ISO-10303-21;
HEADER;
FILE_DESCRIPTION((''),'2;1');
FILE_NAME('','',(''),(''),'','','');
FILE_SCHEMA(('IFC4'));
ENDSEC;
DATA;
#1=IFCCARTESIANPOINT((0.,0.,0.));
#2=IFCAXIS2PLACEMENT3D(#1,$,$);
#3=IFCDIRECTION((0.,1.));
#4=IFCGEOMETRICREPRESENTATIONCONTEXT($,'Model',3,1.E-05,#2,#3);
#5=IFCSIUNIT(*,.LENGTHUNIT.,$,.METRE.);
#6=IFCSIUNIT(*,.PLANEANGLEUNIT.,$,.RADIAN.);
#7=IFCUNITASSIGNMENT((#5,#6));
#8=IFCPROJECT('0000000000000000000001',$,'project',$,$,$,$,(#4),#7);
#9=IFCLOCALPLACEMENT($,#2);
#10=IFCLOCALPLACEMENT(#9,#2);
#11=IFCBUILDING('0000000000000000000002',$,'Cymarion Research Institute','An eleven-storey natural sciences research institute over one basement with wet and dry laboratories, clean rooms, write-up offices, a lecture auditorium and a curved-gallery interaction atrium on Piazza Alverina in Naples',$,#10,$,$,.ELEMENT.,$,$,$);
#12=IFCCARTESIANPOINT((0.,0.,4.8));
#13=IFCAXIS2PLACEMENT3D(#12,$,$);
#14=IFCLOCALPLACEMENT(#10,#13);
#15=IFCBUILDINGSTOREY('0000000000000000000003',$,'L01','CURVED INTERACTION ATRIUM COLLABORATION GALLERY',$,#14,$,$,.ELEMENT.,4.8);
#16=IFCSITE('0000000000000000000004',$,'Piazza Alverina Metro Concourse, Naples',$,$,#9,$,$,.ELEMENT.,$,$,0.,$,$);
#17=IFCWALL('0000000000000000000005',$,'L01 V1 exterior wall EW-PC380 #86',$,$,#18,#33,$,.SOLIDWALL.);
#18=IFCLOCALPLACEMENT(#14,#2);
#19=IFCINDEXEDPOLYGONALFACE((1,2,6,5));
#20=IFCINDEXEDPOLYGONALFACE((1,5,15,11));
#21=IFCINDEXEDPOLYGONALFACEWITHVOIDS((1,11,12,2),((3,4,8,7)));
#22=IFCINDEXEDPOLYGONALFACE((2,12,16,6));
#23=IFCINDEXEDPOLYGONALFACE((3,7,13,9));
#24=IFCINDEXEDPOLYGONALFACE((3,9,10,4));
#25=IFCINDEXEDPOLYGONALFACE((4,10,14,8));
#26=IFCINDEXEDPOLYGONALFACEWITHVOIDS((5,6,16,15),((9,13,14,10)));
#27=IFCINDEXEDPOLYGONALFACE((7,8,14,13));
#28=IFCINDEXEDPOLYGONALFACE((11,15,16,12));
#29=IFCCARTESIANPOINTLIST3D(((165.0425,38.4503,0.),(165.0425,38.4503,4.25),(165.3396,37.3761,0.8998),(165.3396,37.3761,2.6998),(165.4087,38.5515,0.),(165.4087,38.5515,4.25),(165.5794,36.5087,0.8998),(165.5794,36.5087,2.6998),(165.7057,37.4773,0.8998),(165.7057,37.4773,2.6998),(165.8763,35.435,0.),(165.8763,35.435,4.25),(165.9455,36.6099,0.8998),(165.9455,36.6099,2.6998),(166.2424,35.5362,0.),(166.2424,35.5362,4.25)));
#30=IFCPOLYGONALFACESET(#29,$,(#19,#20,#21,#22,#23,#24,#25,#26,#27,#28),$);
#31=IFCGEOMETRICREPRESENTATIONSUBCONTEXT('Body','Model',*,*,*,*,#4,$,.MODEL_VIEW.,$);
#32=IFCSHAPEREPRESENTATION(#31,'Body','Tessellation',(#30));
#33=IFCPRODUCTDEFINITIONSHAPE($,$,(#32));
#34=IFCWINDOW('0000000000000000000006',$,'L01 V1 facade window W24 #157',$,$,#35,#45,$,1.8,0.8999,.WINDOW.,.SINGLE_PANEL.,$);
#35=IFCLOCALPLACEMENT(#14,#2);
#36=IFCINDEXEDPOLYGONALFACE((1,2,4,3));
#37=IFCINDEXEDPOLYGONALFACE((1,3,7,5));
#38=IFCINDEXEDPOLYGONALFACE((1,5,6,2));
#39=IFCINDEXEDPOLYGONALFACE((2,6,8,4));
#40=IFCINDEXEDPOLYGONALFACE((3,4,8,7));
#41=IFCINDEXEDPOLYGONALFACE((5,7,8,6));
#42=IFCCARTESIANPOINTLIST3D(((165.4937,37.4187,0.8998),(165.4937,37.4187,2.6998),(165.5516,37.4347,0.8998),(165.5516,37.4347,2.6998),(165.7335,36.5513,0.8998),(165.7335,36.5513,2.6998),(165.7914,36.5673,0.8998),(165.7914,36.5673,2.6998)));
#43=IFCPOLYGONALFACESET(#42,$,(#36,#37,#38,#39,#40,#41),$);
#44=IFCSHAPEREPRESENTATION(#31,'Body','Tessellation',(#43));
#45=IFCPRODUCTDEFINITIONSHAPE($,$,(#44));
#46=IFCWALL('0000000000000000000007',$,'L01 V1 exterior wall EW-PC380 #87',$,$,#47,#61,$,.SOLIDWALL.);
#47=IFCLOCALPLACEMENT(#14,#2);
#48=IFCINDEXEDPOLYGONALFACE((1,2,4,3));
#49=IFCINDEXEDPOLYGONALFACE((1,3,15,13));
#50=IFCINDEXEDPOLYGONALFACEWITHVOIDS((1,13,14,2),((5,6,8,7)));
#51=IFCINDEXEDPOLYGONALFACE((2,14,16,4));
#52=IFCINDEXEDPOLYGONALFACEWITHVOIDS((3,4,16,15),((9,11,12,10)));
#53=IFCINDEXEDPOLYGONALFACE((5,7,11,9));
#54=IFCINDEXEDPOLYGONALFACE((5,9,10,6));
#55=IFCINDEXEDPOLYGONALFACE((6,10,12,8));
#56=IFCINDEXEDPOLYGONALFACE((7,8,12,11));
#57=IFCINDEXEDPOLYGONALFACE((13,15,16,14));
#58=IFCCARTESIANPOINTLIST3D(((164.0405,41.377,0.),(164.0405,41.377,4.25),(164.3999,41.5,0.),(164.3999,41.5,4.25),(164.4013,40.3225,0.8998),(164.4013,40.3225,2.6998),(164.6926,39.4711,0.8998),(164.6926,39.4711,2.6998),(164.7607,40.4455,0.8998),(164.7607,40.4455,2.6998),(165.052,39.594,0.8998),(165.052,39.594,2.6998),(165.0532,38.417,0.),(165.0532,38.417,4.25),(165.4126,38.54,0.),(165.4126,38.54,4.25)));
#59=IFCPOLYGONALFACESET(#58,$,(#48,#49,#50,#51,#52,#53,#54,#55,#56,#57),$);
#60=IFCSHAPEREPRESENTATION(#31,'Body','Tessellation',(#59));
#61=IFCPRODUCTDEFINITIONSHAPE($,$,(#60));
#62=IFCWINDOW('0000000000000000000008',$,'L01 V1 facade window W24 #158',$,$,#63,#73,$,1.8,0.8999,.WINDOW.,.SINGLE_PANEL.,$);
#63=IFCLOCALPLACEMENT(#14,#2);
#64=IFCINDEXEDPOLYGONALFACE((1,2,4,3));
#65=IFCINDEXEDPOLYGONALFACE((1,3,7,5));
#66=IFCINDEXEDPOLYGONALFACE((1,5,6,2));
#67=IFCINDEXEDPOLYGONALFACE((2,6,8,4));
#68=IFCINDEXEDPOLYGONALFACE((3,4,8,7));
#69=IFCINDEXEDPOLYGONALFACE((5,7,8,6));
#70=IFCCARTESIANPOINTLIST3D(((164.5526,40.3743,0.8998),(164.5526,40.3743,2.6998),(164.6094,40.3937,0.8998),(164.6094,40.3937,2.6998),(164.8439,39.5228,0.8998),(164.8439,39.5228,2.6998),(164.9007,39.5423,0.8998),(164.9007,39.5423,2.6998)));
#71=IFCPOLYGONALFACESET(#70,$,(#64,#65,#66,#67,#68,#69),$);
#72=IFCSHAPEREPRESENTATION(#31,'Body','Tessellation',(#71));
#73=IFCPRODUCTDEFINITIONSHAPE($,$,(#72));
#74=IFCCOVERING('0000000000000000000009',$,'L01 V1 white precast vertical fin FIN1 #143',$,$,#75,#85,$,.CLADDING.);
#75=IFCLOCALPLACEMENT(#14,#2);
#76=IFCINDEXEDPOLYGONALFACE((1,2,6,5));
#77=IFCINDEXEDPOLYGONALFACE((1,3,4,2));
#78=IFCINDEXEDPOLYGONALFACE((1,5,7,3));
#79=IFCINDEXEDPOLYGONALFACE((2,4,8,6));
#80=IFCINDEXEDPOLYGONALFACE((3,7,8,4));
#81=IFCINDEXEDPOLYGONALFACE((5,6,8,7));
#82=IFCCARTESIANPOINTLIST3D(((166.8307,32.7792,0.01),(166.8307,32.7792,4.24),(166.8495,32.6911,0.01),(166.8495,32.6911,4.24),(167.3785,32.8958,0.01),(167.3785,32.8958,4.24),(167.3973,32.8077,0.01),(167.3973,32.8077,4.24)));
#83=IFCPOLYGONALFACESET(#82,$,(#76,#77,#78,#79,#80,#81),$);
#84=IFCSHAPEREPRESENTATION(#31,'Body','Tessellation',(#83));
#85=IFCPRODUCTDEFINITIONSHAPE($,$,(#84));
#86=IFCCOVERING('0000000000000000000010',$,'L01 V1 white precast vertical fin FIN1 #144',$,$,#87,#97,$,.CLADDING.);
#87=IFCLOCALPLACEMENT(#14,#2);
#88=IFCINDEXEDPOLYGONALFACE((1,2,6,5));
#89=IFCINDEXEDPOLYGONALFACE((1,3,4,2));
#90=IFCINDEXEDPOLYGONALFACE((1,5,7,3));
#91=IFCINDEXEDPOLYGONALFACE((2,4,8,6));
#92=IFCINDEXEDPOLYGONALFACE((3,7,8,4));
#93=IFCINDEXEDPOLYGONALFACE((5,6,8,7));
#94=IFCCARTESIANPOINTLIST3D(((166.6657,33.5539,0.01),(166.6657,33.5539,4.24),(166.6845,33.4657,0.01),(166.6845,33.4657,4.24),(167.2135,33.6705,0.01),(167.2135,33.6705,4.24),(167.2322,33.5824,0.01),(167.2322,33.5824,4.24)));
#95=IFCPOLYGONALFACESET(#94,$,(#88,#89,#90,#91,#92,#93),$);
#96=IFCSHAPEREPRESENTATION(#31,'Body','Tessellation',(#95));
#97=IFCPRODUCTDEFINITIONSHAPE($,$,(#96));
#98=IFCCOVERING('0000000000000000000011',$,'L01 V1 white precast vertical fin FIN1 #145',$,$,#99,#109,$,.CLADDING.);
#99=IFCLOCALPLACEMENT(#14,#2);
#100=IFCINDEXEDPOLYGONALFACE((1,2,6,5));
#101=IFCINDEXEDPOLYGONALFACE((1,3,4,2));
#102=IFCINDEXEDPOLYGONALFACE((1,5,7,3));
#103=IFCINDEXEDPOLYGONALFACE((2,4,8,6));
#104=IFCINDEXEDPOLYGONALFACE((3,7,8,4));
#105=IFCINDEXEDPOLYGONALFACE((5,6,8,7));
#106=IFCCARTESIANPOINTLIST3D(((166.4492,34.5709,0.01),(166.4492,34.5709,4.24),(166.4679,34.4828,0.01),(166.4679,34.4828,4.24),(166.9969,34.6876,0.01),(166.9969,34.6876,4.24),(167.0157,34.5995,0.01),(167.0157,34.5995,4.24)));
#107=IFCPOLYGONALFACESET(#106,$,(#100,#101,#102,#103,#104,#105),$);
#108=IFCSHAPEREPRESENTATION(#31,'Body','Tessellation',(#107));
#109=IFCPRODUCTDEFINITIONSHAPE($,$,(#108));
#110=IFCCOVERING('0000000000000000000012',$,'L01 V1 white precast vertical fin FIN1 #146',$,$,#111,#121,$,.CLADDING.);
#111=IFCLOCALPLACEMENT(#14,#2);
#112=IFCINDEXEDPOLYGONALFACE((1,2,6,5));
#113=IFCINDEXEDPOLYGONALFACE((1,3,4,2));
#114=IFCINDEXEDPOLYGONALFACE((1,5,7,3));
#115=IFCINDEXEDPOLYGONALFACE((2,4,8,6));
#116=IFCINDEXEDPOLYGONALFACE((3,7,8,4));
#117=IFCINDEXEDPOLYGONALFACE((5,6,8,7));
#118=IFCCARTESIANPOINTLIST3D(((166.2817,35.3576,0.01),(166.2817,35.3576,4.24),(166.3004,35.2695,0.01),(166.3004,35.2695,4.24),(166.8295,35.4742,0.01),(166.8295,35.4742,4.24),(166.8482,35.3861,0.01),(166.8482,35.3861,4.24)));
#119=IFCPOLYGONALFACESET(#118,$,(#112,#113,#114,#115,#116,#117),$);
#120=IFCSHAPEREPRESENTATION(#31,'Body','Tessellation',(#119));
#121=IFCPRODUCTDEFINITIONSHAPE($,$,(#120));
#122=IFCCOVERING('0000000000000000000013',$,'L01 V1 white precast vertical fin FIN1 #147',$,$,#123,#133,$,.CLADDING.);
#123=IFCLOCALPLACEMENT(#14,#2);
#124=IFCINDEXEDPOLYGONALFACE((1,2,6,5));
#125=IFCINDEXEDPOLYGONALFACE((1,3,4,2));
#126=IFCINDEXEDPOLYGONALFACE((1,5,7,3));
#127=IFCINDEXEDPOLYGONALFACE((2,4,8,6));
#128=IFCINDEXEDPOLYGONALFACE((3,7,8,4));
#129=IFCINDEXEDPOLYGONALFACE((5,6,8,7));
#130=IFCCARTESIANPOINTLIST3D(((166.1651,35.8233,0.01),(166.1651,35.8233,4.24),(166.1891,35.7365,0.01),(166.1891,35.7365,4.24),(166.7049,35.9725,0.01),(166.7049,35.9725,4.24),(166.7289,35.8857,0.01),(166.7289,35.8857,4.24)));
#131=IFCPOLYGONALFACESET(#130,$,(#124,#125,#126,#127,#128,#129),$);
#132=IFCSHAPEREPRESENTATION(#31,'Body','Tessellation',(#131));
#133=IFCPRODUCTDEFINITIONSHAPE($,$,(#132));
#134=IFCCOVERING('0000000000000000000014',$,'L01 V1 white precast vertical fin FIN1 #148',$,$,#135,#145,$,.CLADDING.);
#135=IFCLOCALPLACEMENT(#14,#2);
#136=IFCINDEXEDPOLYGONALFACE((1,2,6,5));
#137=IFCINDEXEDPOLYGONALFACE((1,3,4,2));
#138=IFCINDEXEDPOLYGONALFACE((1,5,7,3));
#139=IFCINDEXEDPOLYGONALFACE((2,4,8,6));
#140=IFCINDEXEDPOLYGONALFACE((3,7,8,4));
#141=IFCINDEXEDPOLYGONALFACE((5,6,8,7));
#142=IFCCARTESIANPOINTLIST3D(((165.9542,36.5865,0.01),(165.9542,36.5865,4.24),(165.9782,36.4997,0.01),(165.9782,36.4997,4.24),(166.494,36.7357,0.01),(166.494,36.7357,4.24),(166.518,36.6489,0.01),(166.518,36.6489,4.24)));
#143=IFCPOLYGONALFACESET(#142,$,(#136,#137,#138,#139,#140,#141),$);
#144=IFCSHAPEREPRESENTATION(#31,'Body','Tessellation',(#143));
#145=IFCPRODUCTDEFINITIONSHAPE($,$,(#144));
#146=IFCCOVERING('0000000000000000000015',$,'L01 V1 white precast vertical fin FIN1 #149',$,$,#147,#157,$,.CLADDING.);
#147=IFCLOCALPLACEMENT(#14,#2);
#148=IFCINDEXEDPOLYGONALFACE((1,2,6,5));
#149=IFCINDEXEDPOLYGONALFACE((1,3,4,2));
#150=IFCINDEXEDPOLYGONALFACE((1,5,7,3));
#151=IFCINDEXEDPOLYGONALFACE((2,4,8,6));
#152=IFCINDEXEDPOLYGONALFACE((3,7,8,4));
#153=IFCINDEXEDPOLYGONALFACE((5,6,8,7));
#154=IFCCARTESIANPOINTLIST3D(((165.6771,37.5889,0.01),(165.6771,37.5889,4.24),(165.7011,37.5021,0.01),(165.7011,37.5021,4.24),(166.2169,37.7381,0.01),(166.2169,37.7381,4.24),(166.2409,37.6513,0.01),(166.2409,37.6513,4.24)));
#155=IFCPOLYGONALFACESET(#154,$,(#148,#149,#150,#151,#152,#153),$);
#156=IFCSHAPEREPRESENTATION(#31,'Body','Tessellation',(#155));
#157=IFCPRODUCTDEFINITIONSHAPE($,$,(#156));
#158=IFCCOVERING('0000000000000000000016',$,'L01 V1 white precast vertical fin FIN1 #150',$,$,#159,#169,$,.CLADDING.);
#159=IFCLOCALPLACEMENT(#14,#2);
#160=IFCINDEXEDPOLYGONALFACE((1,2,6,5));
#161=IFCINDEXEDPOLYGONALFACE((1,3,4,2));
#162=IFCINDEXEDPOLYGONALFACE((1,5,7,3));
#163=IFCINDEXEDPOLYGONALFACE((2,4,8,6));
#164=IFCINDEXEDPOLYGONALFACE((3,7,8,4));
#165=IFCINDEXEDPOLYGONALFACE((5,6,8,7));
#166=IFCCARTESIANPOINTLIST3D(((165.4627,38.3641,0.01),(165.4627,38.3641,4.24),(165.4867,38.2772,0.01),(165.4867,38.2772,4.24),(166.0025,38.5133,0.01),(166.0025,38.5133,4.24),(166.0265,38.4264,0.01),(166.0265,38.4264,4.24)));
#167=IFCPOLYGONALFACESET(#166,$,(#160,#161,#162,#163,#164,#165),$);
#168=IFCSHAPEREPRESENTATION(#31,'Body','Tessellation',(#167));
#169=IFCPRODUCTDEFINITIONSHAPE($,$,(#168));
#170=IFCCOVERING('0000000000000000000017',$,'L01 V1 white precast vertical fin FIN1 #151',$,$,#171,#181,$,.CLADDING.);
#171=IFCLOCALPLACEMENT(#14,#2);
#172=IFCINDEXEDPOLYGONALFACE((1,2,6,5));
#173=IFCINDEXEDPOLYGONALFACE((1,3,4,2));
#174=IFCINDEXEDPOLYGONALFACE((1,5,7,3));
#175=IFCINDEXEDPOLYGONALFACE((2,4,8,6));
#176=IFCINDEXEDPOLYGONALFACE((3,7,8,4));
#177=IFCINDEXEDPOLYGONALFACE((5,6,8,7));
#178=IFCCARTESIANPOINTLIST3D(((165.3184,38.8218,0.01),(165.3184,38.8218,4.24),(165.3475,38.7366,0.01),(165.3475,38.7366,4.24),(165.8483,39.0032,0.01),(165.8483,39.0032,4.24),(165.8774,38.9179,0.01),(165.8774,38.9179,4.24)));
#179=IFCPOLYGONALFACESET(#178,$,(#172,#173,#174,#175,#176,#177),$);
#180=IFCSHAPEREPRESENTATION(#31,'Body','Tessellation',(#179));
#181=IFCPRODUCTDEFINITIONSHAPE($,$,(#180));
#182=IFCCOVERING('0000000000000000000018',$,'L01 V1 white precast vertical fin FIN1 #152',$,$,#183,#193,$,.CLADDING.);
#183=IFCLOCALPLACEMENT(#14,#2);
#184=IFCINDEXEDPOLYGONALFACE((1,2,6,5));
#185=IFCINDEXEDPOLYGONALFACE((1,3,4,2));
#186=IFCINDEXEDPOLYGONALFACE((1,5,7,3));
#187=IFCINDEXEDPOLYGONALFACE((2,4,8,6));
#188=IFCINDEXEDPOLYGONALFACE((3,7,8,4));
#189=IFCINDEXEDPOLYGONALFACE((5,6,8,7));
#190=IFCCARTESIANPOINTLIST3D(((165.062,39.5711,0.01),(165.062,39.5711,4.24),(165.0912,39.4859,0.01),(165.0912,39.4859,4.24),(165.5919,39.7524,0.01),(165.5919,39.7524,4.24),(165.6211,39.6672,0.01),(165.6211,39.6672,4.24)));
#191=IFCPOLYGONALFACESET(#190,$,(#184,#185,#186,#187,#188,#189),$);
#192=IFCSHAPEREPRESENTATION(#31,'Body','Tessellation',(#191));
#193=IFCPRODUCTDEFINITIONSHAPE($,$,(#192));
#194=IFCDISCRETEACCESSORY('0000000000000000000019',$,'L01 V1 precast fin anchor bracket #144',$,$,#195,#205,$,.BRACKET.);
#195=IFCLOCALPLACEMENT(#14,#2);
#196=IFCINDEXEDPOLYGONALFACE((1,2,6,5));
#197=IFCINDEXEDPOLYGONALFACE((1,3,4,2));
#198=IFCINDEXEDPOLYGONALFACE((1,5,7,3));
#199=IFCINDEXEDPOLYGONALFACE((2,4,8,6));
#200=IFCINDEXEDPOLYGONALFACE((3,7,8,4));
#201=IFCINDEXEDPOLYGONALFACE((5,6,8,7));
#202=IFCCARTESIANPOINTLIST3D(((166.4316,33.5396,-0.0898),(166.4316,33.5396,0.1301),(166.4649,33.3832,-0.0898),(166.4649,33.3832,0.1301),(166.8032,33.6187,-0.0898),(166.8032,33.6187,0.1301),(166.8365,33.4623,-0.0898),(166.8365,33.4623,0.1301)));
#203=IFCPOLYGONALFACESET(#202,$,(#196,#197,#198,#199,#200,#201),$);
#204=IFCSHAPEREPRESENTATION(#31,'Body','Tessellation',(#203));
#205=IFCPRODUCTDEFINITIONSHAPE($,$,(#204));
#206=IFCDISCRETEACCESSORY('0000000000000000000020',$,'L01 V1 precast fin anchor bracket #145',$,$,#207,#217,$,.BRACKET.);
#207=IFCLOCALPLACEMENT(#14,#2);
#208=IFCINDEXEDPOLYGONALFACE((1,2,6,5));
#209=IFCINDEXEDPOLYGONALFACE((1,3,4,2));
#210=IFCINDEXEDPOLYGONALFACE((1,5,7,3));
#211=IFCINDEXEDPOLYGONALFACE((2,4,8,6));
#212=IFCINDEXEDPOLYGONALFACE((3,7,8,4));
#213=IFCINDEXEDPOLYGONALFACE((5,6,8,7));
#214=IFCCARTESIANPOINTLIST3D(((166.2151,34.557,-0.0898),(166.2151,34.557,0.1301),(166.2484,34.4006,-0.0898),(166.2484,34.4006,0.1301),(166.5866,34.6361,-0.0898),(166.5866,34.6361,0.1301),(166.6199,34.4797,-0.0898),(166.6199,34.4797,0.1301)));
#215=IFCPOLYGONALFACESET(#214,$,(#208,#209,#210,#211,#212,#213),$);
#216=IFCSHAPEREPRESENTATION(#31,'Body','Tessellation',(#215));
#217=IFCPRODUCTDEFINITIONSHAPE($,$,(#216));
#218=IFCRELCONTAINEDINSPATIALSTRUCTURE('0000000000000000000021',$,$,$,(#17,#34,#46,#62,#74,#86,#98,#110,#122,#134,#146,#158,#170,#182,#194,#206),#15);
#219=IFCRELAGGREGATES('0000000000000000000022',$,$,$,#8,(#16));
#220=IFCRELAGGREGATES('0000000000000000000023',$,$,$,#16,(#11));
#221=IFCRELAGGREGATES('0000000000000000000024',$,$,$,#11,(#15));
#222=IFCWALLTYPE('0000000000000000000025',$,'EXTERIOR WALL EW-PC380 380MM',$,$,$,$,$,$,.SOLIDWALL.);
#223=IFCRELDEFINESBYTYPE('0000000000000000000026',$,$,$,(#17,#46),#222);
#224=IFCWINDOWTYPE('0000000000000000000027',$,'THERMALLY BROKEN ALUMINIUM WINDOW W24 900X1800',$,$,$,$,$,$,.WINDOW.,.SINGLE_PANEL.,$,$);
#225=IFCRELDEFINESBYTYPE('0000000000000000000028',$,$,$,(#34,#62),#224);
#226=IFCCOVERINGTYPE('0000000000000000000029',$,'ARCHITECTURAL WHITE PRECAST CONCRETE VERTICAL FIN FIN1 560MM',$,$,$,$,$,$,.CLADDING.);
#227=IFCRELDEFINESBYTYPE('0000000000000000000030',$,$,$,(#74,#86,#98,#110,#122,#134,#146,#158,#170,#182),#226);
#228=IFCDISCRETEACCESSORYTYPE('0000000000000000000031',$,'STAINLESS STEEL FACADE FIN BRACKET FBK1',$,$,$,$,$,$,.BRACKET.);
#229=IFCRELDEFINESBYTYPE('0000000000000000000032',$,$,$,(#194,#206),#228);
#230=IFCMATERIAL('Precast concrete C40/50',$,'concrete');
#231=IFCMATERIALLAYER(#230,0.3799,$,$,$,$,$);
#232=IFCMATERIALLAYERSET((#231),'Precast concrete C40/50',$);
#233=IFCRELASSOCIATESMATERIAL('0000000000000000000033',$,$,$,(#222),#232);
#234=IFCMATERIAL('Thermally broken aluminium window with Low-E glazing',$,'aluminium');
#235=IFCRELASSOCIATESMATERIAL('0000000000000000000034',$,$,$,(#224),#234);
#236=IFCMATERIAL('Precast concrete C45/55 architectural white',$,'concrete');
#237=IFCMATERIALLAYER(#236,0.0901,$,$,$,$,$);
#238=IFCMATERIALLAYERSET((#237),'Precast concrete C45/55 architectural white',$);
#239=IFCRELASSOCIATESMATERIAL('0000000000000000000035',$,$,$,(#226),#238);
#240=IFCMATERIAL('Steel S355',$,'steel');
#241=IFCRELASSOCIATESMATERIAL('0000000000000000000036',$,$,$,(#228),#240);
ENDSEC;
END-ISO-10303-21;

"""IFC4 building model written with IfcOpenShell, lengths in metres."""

from ifc_helpers import new_model, si_unit, direction, frame, frame_2d, origin, origin_2d, place, context, subcontext, project, spatial, rectangle, extrude, material, layer, layer_set, type_object, element, fill, save


model = new_model("IFC4")

# Units and contexts
model_context = context("Model", 3, precision=1e-05, world=origin(), true_north=direction((0.0, 1.0)))
body_context = subcontext(model_context, "Body", "Model", "MODEL_VIEW")
ifc_project = project(units=[si_unit("LENGTHUNIT", "METRE"), si_unit("PLANEANGLEUNIT", "RADIAN")], contexts=[model_context])

# Site, building, storey
site_placement = place(None, origin())
site = spatial("IfcSite", under=ifc_project, at=site_placement, Name="Piazza Alverina Metro Concourse, Naples", CompositionType="ELEMENT", RefElevation=0.0)
building_placement = place(site_placement, origin())
building = spatial("IfcBuilding", under=site, at=building_placement, Name="Cymarion Research Institute", Description="An eleven-storey natural sciences research institute over one basement with wet and dry laboratories, clean rooms, write-up offices, a lecture auditorium and a curved-gallery interaction atrium on Piazza Alverina in Naples", CompositionType="ELEMENT")
storey_placement = place(building_placement, frame((0.0, 0.0, 4.8)))
storey = spatial("IfcBuildingStorey", under=building, at=storey_placement, Name="L01", Description="CURVED INTERACTION ATRIUM COLLABORATION GALLERY", CompositionType="ELEMENT", Elevation=4.8)

# Shared definitions
ifc_material_1 = material(Name="Steel S355", Category="steel")

# Walls, openings, windows
ifc_material_2 = material(Name="Precast concrete C40/50", Category="concrete")
ifc_layer_1 = layer(ifc_material_2, 0.3799)
ifc_layer_set_1 = layer_set([ifc_layer_1], Name="Precast concrete C40/50")
wall_type = type_object("IfcWallType", Name="EXTERIOR WALL EW-PC380 380MM", PredefinedType="SOLIDWALL", material=ifc_layer_set_1)
wall_1_placement = place(storey_placement, frame((166.0593, 35.4856, 0.0), z_axis=(0.0, 0.0, 1.0), x_axis=(-0.266497, 0.963836, 0.0)))
wall_1 = element("IfcWall", 1, at=wall_1_placement, inside=storey, type_object=wall_type, Name="L01 V1 exterior wall EW-PC380 #86", PredefinedType="SOLIDWALL", context=body_context, shape_type="SweptSolid", body=[
    extrude(rectangle(XDim=3.1284, YDim=0.3799, at=frame_2d((1.5642, 0.0))), origin(), (0.0, 0.0, 1.0), 4.25),
])
opening_1_placement = place(wall_1_placement, frame((1.114, 0.0, 0.8999)))
opening_1 = element("IfcOpeningElement", 2, at=opening_1_placement, cuts=wall_1, PredefinedType="OPENING", context=body_context, shape_type="SweptSolid", body=[
    extrude(rectangle(XDim=0.8999, YDim=1.8, at=frame_2d((0.45, 0.8999))), frame((0.0, 0.2, 0.0), z_axis=(0.0, -1.0, 0.0), x_axis=(1.0, 0.0, 0.0)), (0.0, 0.0, 1.0), 0.3999),
])
ifc_material_3 = material(Name="Thermally broken aluminium window with Low-E glazing", Category="aluminium")
window_type = type_object("IfcWindowType", Name="THERMALLY BROKEN ALUMINIUM WINDOW W24 900X1800", PartitioningType="SINGLE_PANEL", PredefinedType="WINDOW", material=ifc_material_3)
window_1_placement = place(opening_1_placement, origin())
window_1 = element("IfcWindow", 3, at=window_1_placement, inside=storey, type_object=window_type, Name="L01 V1 facade window W24 #157", OverallHeight=1.8, OverallWidth=0.8999, PartitioningType="SINGLE_PANEL", PredefinedType="WINDOW", context=body_context, shape_type="SweptSolid", body=[
    extrude(rectangle(XDim=0.8999, YDim=1.8, at=frame_2d((0.45, 0.8999))), frame((0.0, 0.03, 0.0), z_axis=(0.0, -1.0, 0.0), x_axis=(1.0, 0.0, 0.0)), (0.0, 0.0, 1.0), 0.0601),
])
fill(opening_1, window_1)
wall_2_placement = place(storey_placement, frame((165.2329, 38.4785, 0.0), z_axis=(0.0, 0.0, 1.0), x_axis=(-0.32371, 0.946156, 0.0)))
wall_2 = element("IfcWall", 4, at=wall_2_placement, inside=storey, type_object=wall_type, Name="L01 V1 exterior wall EW-PC380 #87", PredefinedType="SOLIDWALL", context=body_context, shape_type="SweptSolid", body=[
    extrude(rectangle(XDim=3.1284, YDim=0.3799, at=frame_2d((1.5642, 0.0))), origin(), (0.0, 0.0, 1.0), 4.25),
])
opening_2_placement = place(wall_2_placement, frame((1.114, 0.0, 0.8999)))
opening_2 = element("IfcOpeningElement", 5, at=opening_2_placement, cuts=wall_2, PredefinedType="OPENING", context=body_context, shape_type="SweptSolid", body=[
    extrude(rectangle(XDim=0.8999, YDim=1.8, at=frame_2d((0.45, 0.8999))), frame((0.0, 0.2, 0.0), z_axis=(0.0, -1.0, 0.0), x_axis=(1.0, 0.0, 0.0)), (0.0, 0.0, 1.0), 0.3999),
])
window_2_placement = place(opening_2_placement, origin())
window_2 = element("IfcWindow", 6, at=window_2_placement, inside=storey, type_object=window_type, Name="L01 V1 facade window W24 #158", OverallHeight=1.8, OverallWidth=0.8999, PartitioningType="SINGLE_PANEL", PredefinedType="WINDOW", context=body_context, shape_type="SweptSolid", body=[
    extrude(rectangle(XDim=0.8999, YDim=1.8, at=frame_2d((0.45, 0.8999))), frame((0.0, 0.03, 0.0), z_axis=(0.0, -1.0, 0.0), x_axis=(1.0, 0.0, 0.0)), (0.0, 0.0, 1.0), 0.0601),
])
fill(opening_2, window_2)

# Coverings
ifc_material_4 = material(Name="Precast concrete C45/55 architectural white", Category="concrete")
ifc_layer_2 = layer(ifc_material_4, 0.0901)
ifc_layer_set_2 = layer_set([ifc_layer_2], Name="Precast concrete C45/55 architectural white")
covering_type = type_object("IfcCoveringType", Name="ARCHITECTURAL WHITE PRECAST CONCRETE VERTICAL FIN FIN1 560MM", PredefinedType="CLADDING", material=ifc_layer_set_2)
for number, where, z_axis, x_axis, name in (
    (7, (167.114, 32.7935, 0.01), (0.0, 0.0, 1.0), (0.978075, 0.208253, 0.0), "L01 V1 white precast vertical fin FIN1 #143"),
    (8, (166.949, 33.5681, 0.01), (0.0, 0.0, 1.0), (0.978075, 0.208253, 0.0), "L01 V1 white precast vertical fin FIN1 #144"),
    (9, (166.7324, 34.5852, 0.01), (0.0, 0.0, 1.0), (0.978075, 0.208253, 0.0), "L01 V1 white precast vertical fin FIN1 #145"),
    (10, (166.5649, 35.3718, 0.01), (0.0, 0.0, 1.0), (0.978075, 0.208253, 0.0), "L01 V1 white precast vertical fin FIN1 #146"),
    (11, (166.447, 35.8545, 0.01), (0.0, 0.0, 1.0), (0.963863, 0.266397, 0.0), "L01 V1 white precast vertical fin FIN1 #147"),
    (12, (166.2361, 36.6177, 0.01), (0.0, 0.0, 1.0), (0.963863, 0.266397, 0.0), "L01 V1 white precast vertical fin FIN1 #148"),
    (13, (165.959, 37.6201, 0.01), (0.0, 0.0, 1.0), (0.963863, 0.266397, 0.0), "L01 V1 white precast vertical fin FIN1 #149"),
    (14, (165.7446, 38.3953, 0.01), (0.0, 0.0, 1.0), (0.963863, 0.266397, 0.0), "L01 V1 white precast vertical fin FIN1 #150"),
    (15, (165.5979, 38.8699, 0.01), (0.0, 0.0, 1.0), (0.946142, 0.323752, 0.0), "L01 V1 white precast vertical fin FIN1 #151"),
    (16, (165.3416, 39.6191, 0.01), (0.0, 0.0, 1.0), (0.946142, 0.323752, 0.0), "L01 V1 white precast vertical fin FIN1 #152"),
):
    element("IfcCovering", number, at=place(storey_placement, frame(where, z_axis=z_axis, x_axis=x_axis)), inside=storey, type_object=covering_type, Name=name, PredefinedType="CLADDING", context=body_context, shape_type="SweptSolid", body=[
        extrude(rectangle(XDim=0.5601, YDim=0.0901, at=origin_2d()), origin(), (0.0, 0.0, 1.0), 4.23),
    ])

# Discrete accessories
discrete_accessory_type = type_object("IfcDiscreteAccessoryType", Name="STAINLESS STEEL FACADE FIN BRACKET FBK1", PredefinedType="BRACKET", material=ifc_material_1)
for number, where, z_axis, x_axis, name in (
    (17, (166.634, 33.501, -0.0898), (0.0, 0.0, 1.0), (0.978075, 0.208253, 0.0), "L01 V1 precast fin anchor bracket #144"),
    (18, (166.4175, 34.5183, -0.0898), (0.0, 0.0, 1.0), (0.978075, 0.208253, 0.0), "L01 V1 precast fin anchor bracket #145"),
):
    element("IfcDiscreteAccessory", number, at=place(storey_placement, frame(where, z_axis=z_axis, x_axis=x_axis)), inside=storey, type_object=discrete_accessory_type, Name=name, PredefinedType="BRACKET", context=body_context, shape_type="SweptSolid", body=[
        extrude(rectangle(XDim=0.3799, YDim=0.1599, at=origin_2d()), origin(), (0.0, 0.0, 1.0), 0.22),
    ])

save(model, "model.ifc")
